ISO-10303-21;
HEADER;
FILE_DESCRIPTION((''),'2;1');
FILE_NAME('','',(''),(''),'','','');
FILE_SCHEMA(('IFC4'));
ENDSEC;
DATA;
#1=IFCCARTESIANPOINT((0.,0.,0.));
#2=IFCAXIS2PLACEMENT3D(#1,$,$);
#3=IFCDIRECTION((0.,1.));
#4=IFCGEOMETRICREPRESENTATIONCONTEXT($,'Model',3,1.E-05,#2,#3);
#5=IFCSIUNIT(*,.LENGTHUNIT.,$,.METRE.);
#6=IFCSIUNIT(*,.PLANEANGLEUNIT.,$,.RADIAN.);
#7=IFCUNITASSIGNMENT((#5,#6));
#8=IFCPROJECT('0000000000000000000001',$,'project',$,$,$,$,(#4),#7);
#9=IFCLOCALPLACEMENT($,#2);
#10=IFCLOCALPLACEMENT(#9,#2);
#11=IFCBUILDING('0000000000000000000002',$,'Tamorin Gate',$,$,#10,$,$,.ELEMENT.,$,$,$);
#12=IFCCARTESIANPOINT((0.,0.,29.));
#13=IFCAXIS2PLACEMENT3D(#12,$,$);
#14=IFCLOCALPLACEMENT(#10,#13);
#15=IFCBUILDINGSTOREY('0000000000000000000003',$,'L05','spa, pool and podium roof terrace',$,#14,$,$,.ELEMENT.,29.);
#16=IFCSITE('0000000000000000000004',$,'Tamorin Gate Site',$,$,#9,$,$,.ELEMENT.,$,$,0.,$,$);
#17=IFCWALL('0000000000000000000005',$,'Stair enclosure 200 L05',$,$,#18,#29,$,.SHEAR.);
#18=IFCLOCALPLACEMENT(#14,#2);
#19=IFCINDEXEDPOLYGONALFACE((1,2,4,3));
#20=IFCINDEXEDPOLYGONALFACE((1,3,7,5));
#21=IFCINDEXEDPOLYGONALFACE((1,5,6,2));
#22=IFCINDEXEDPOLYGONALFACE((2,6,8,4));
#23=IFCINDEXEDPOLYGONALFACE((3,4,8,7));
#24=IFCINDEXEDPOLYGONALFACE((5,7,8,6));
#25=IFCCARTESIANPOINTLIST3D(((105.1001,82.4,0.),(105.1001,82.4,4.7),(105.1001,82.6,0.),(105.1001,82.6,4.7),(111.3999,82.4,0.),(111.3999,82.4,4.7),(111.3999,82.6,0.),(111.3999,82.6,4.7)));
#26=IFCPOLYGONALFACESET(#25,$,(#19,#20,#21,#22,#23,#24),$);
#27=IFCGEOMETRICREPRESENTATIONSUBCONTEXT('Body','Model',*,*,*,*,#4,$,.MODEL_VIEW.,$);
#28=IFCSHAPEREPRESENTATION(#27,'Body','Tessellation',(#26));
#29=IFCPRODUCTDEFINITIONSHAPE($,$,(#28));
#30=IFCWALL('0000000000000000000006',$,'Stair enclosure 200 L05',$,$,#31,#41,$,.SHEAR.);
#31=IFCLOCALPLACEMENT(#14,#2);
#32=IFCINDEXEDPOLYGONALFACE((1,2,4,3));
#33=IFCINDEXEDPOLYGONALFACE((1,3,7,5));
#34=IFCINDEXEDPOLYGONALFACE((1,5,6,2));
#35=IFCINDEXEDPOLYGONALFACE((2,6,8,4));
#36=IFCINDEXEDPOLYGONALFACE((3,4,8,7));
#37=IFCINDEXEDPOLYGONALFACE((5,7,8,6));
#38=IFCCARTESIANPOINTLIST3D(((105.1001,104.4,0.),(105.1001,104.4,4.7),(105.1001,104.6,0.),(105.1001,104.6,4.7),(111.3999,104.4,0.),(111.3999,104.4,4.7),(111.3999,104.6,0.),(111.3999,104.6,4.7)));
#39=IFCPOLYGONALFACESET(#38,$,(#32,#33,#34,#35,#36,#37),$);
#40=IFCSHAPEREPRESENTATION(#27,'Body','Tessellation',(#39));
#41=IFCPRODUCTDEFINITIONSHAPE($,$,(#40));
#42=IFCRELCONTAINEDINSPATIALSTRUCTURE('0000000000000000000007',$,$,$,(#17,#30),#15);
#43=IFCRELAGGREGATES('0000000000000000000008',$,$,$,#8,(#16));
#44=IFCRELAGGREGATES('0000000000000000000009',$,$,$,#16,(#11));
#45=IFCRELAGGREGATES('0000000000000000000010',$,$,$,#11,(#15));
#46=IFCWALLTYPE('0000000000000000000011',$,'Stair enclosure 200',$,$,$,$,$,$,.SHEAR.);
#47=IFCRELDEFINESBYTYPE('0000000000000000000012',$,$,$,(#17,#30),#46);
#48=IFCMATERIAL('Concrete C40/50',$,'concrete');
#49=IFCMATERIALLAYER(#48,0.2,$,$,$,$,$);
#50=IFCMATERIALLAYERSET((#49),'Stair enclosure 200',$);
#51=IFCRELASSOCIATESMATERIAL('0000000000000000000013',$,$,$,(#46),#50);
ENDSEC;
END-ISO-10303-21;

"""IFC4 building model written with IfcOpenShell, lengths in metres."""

from ifc_helpers import new_model, si_unit, direction, frame, frame_2d, origin, place, context, subcontext, project, spatial, rectangle, extrude, material, layer, layer_set, type_object, element, save


model = new_model("IFC4")

# Units and contexts
model_context = context("Model", 3, precision=1e-05, world=origin(), true_north=direction((0.0, 1.0)))
body_context = subcontext(model_context, "Body", "Model", "MODEL_VIEW")
ifc_project = project(units=[si_unit("LENGTHUNIT", "METRE"), si_unit("PLANEANGLEUNIT", "RADIAN")], contexts=[model_context])

# Site, building, storey
site_placement = place(None, origin())
site = spatial("IfcSite", under=ifc_project, at=site_placement, Name="Tamorin Gate Site", CompositionType="ELEMENT", RefElevation=0.0)
building_placement = place(site_placement, origin())
building = spatial("IfcBuilding", under=site, at=building_placement, Name="Tamorin Gate", CompositionType="ELEMENT")
storey_placement = place(building_placement, frame((0.0, 0.0, 29.0)))
storey = spatial("IfcBuildingStorey", under=building, at=storey_placement, Name="L05", Description="spa, pool and podium roof terrace", CompositionType="ELEMENT", Elevation=29.0)

# Walls
ifc_material_1 = material(Name="Concrete C40/50", Category="concrete")
ifc_layer_1 = layer(ifc_material_1, 0.2)
ifc_layer_set_1 = layer_set([ifc_layer_1], Name="Stair enclosure 200")
wall_type_1 = type_object("IfcWallType", Name="Stair enclosure 200", PredefinedType="SHEAR", material=ifc_layer_set_1)
for number, where, z_axis, x_axis, name in (
    (1, (105.1001, 82.5, 0.0), (0.0, 0.0, 1.0), (1.0, 0.0, 0.0), "Stair enclosure 200 L05"),
    (2, (105.1001, 104.5, 0.0), (0.0, 0.0, 1.0), (1.0, 0.0, 0.0), "Stair enclosure 200 L05"),
):
    element("IfcWall", number, at=place(storey_placement, frame(where, z_axis=z_axis, x_axis=x_axis)), inside=storey, type_object=wall_type_1, Name=name, PredefinedType="SHEAR", context=body_context, shape_type="SweptSolid", body=[
        extrude(rectangle(XDim=6.2998, YDim=0.2, at=frame_2d((3.1499, 0.0))), origin(), (0.0, 0.0, 1.0), 4.7),
    ])

save(model, "model.ifc")
